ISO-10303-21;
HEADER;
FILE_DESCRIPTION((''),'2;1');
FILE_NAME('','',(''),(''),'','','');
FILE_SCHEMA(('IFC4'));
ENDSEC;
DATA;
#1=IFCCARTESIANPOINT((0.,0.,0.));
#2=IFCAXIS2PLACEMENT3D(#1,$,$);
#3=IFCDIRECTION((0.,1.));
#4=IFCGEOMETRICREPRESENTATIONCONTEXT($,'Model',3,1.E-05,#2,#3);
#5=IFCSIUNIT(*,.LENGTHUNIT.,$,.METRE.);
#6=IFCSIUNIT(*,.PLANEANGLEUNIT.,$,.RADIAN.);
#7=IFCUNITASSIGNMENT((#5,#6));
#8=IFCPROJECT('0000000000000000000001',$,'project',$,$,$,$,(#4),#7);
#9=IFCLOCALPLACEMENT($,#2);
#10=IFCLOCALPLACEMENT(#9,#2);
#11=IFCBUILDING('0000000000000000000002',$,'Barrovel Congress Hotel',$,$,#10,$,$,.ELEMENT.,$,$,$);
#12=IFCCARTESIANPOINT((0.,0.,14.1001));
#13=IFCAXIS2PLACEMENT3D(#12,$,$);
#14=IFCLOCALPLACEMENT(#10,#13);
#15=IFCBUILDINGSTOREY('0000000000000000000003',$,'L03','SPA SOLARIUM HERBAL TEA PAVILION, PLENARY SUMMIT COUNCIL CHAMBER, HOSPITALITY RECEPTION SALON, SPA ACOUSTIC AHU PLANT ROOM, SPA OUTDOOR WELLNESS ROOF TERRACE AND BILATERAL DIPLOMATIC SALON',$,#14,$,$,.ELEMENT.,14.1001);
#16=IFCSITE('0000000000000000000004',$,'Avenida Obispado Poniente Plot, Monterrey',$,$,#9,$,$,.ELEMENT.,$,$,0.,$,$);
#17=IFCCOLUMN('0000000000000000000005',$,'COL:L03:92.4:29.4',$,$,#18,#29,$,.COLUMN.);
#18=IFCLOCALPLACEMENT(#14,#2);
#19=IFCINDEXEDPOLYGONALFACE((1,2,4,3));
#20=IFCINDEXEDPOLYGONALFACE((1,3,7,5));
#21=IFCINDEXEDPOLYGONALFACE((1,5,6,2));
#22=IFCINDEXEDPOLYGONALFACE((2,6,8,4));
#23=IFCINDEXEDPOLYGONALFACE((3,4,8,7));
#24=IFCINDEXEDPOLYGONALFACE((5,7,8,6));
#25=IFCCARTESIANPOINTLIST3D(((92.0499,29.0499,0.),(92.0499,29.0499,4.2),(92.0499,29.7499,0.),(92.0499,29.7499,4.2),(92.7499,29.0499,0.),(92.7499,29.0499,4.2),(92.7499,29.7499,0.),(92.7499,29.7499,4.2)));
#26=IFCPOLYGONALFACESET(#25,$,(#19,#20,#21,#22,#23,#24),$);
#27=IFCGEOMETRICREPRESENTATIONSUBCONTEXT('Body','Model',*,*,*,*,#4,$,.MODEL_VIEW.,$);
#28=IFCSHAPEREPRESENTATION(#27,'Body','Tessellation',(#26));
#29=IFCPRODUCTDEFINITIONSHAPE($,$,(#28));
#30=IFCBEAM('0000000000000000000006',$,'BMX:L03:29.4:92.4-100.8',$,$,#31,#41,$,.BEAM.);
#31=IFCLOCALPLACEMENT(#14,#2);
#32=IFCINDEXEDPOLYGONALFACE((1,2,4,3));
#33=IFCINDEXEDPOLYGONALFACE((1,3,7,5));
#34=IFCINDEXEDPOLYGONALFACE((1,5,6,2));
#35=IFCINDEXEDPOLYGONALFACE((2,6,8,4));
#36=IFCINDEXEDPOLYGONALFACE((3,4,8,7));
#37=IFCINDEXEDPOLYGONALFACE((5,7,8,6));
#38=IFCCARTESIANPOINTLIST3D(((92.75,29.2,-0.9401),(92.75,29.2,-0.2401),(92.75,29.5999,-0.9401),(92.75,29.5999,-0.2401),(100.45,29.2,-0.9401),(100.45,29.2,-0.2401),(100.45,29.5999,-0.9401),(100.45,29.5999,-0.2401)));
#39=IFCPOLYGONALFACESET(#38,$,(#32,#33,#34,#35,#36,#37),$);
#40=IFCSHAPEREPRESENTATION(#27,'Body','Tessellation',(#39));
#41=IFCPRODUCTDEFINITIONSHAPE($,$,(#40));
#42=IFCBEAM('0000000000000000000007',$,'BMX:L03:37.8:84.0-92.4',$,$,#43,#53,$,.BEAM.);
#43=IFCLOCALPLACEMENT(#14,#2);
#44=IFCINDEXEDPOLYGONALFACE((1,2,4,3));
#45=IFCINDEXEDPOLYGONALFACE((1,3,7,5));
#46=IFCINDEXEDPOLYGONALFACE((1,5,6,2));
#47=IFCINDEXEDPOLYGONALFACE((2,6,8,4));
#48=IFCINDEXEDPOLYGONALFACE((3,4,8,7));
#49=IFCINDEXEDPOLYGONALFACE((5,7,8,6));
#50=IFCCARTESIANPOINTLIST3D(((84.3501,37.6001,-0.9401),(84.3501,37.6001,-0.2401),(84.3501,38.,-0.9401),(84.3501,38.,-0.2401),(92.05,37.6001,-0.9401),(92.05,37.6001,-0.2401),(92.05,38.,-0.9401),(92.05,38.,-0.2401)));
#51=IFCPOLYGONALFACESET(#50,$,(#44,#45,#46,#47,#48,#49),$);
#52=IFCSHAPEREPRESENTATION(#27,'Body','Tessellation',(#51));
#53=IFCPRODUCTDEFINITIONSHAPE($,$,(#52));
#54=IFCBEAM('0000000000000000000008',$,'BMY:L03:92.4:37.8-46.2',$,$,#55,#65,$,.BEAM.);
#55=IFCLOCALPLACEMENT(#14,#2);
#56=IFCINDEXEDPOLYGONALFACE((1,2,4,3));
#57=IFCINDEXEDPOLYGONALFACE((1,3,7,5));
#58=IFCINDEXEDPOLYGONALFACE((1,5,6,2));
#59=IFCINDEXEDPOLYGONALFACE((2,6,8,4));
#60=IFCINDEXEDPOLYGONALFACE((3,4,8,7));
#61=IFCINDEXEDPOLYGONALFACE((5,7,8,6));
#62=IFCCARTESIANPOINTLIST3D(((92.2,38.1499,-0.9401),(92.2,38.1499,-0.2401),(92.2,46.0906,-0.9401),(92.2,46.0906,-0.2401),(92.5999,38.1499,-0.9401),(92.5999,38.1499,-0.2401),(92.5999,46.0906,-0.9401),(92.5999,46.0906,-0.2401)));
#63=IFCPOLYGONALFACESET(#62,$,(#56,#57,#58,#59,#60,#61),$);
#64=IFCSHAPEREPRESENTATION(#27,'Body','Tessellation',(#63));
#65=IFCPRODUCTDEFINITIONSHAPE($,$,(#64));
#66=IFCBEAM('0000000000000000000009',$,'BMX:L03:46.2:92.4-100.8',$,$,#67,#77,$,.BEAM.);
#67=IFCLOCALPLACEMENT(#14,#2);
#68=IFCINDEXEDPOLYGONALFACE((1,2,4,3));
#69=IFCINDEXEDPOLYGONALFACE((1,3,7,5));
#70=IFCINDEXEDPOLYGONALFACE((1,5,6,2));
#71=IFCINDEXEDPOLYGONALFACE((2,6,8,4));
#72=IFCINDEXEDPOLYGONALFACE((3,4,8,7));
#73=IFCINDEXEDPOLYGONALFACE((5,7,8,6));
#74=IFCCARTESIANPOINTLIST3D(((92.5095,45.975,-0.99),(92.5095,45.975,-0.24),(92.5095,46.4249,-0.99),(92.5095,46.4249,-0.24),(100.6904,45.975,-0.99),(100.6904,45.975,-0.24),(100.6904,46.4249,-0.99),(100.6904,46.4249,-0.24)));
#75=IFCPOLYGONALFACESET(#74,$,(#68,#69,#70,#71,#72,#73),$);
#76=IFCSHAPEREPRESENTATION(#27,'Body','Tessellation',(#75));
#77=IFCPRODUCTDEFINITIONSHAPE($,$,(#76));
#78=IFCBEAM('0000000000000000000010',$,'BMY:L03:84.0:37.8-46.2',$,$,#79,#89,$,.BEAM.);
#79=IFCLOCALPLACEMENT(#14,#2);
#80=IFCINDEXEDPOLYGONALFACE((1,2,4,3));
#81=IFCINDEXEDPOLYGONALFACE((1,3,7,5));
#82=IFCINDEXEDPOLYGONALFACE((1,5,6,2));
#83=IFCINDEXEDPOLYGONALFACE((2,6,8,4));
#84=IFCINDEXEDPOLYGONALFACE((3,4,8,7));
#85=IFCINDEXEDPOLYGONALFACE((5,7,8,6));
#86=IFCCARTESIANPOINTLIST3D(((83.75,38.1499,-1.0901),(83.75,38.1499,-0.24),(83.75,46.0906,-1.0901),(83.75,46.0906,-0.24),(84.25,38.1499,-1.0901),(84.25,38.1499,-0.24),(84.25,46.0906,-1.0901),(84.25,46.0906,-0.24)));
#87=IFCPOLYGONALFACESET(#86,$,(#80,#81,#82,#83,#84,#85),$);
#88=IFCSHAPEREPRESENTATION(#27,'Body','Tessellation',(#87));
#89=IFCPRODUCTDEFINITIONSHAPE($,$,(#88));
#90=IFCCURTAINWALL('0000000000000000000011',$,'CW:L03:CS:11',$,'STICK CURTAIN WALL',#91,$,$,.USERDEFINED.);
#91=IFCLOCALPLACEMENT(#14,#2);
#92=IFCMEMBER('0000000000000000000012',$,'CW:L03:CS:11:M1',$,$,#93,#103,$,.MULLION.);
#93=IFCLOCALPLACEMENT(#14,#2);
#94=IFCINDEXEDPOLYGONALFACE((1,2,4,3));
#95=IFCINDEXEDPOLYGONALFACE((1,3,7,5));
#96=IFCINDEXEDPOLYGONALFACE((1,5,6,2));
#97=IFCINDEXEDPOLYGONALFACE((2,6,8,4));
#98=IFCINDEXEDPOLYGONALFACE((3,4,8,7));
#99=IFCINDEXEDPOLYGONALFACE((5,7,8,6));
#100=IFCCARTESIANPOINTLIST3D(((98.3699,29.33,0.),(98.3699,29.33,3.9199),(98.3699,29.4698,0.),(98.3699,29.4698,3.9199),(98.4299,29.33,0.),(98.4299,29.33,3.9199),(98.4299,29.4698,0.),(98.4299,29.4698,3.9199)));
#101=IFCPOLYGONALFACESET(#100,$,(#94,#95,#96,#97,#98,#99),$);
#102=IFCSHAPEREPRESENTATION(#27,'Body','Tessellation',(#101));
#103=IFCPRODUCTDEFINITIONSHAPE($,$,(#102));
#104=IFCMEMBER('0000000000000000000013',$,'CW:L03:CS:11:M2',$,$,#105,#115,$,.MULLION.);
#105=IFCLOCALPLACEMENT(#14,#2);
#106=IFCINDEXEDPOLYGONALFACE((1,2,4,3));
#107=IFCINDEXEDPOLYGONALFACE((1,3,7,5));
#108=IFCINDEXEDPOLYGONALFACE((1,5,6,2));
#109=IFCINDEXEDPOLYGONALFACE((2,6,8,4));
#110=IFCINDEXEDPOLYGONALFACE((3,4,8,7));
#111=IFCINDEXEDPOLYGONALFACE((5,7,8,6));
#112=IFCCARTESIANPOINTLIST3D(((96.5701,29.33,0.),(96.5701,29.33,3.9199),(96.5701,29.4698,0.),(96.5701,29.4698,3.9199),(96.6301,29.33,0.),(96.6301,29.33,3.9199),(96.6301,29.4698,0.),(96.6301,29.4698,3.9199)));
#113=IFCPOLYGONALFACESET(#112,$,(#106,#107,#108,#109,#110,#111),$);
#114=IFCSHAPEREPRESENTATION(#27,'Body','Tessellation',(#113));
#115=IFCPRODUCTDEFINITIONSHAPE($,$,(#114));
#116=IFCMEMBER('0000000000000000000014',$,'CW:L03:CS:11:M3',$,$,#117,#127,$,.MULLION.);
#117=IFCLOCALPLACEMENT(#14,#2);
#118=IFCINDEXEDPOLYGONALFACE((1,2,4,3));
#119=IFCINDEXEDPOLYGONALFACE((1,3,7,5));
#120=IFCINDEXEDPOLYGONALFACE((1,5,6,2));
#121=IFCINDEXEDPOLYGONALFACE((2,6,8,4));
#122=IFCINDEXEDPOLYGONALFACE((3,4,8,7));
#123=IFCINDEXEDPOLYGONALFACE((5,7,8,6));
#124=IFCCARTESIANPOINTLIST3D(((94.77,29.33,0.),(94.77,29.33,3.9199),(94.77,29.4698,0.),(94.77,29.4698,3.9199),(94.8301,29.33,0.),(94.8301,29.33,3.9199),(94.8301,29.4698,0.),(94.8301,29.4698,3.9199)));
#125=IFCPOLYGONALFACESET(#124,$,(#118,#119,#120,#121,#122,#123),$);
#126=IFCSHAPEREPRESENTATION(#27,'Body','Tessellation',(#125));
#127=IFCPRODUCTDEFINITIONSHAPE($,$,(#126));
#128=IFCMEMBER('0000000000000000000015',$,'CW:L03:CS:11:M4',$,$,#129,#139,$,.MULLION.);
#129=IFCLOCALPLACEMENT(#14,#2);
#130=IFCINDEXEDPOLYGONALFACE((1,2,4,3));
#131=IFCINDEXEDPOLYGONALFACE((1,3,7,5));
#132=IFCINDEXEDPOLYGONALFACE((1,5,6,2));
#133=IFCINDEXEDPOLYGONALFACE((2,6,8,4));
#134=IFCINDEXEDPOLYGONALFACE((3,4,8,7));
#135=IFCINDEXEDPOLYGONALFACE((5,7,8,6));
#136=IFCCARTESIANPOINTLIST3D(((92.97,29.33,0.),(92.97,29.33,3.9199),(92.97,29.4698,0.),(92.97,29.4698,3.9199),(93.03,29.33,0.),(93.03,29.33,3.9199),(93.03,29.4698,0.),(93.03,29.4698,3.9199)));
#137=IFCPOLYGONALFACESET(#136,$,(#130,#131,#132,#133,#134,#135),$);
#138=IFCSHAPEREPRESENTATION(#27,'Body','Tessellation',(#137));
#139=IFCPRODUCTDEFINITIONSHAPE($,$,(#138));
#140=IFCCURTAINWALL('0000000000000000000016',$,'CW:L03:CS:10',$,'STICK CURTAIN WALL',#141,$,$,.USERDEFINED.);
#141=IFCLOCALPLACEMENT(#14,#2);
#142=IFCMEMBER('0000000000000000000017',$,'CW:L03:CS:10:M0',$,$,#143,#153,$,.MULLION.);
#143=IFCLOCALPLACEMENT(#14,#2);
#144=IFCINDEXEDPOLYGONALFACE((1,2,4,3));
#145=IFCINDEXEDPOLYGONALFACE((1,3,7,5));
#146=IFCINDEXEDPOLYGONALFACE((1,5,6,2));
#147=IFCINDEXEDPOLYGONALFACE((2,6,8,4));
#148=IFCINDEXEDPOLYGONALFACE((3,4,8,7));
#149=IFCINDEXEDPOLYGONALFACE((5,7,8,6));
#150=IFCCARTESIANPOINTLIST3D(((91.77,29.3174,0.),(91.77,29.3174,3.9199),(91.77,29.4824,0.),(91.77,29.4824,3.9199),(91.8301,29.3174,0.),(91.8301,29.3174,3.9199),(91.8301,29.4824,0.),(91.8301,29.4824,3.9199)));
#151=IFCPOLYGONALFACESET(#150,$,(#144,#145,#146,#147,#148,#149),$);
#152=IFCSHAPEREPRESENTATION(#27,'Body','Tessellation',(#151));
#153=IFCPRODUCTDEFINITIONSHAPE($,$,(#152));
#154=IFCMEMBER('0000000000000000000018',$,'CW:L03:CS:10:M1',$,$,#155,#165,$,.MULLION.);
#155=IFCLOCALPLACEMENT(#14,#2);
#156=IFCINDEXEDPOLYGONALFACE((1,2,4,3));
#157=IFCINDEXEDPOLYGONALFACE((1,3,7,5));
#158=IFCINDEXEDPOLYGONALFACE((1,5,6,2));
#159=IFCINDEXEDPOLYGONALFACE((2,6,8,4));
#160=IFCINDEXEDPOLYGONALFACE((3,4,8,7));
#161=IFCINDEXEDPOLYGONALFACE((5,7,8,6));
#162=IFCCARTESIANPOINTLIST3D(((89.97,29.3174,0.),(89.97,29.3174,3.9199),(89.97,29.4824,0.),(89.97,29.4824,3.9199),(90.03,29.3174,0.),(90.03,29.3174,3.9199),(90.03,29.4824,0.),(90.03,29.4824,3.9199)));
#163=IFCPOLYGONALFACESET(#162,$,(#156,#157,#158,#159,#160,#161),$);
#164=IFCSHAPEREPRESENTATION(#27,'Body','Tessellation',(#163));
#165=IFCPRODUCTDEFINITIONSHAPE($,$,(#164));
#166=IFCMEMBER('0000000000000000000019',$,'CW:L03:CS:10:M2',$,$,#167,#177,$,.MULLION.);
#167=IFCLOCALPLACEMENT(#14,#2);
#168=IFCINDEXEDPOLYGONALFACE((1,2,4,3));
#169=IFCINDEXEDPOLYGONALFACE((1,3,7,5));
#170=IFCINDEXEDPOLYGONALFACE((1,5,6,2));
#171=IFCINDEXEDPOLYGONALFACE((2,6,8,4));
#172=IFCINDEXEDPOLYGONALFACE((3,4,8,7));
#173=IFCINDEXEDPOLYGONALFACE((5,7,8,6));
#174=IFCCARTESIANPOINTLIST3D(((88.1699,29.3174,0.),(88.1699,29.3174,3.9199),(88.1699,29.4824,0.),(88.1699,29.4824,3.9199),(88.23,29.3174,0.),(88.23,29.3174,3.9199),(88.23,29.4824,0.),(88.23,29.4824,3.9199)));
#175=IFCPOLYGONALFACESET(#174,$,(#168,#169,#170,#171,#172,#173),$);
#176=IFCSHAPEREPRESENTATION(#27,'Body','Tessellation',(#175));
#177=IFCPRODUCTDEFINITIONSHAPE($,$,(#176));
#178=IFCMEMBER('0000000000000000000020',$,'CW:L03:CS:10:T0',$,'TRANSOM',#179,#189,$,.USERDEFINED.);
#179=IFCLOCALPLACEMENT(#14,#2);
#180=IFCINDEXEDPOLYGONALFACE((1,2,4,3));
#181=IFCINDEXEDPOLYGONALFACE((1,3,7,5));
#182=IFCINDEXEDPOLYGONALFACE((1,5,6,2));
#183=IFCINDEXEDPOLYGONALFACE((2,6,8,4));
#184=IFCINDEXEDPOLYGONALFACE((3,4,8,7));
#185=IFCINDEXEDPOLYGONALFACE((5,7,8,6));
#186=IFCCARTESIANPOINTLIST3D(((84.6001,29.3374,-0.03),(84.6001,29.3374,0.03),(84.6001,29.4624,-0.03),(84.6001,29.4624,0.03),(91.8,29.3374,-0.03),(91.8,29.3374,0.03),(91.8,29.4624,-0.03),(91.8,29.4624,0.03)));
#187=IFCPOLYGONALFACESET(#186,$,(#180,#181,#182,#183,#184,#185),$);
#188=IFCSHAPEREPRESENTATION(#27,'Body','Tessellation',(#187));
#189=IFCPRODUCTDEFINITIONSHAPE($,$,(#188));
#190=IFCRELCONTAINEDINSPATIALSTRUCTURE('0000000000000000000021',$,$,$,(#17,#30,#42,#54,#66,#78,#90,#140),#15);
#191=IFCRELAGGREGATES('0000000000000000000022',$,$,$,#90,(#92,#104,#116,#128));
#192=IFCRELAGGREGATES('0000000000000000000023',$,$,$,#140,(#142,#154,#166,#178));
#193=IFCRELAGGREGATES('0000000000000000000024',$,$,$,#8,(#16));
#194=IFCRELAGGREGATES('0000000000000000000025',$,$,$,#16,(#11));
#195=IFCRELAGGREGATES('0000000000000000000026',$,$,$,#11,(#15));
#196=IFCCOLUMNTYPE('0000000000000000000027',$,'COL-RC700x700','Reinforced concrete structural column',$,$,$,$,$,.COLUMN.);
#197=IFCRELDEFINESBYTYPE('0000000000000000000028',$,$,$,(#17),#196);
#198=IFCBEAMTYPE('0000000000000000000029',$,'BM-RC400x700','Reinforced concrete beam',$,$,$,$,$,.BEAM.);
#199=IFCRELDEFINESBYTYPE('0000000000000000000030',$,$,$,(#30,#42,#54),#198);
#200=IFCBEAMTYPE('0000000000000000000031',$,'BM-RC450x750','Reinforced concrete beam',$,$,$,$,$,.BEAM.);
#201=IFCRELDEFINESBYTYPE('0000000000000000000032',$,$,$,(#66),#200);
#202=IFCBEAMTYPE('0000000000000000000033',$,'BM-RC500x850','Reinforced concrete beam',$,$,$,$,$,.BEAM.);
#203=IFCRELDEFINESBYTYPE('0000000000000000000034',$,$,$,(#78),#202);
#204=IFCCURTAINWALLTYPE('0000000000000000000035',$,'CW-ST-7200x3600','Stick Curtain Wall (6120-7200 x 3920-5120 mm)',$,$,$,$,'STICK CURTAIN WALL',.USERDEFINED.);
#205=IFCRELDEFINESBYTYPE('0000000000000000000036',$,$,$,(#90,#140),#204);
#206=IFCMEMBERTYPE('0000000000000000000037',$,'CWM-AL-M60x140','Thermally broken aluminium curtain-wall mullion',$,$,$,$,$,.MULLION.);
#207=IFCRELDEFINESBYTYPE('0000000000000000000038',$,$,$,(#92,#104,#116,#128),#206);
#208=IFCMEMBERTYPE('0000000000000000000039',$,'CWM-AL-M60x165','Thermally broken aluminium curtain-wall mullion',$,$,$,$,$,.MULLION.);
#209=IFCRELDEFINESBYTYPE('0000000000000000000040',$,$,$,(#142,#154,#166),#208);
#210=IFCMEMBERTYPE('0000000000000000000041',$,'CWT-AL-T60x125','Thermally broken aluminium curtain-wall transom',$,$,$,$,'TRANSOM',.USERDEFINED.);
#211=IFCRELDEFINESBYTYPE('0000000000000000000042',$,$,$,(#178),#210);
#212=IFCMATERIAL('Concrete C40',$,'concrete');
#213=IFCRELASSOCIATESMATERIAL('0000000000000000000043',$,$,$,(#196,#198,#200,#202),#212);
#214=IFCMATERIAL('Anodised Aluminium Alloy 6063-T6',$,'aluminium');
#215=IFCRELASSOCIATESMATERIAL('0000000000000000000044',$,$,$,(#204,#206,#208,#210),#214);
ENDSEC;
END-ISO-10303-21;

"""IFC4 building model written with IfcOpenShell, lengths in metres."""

from ifc_helpers import new_model, si_unit, direction, frame, origin, origin_2d, place, context, subcontext, project, spatial, rectangle, extrude, material, material_profile, profile_set, type_object, element, aggregate, save


model = new_model("IFC4")

# Units and contexts
model_context = context("Model", 3, precision=1e-05, world=origin(), true_north=direction((0.0, 1.0)))
body_context = subcontext(model_context, "Body", "Model", "MODEL_VIEW")
ifc_project = project(units=[si_unit("LENGTHUNIT", "METRE"), si_unit("PLANEANGLEUNIT", "RADIAN")], contexts=[model_context])

# Site, building, storey
site_placement = place(None, origin())
site = spatial("IfcSite", under=ifc_project, at=site_placement, Name="Avenida Obispado Poniente Plot, Monterrey", CompositionType="ELEMENT", RefElevation=0.0)
building_placement = place(site_placement, origin())
building = spatial("IfcBuilding", under=site, at=building_placement, Name="Barrovel Congress Hotel", CompositionType="ELEMENT")
storey_placement = place(building_placement, frame((0.0, 0.0, 14.1001)))
storey = spatial("IfcBuildingStorey", under=building, at=storey_placement, Name="L03", Description="SPA SOLARIUM HERBAL TEA PAVILION, PLENARY SUMMIT COUNCIL CHAMBER, HOSPITALITY RECEPTION SALON, SPA ACOUSTIC AHU PLANT ROOM, SPA OUTDOOR WELLNESS ROOF TERRACE AND BILATERAL DIPLOMATIC SALON", CompositionType="ELEMENT", Elevation=14.1001)

# Column
ifc_material_1 = material(Name="Concrete C40", Category="concrete")
ifc_material_profile_1 = material_profile(ifc_material_1, rectangle(XDim=0.7, YDim=0.7, at=origin_2d()), Name="RC700x700")
ifc_profile_set_1 = profile_set([ifc_material_profile_1], Name="Concrete C40")
column_type = type_object("IfcColumnType", Name="COL-RC700x700", Description="Reinforced concrete structural column", PredefinedType="COLUMN", material=ifc_profile_set_1)
column_placement = place(storey_placement, frame((92.3999, 29.3999, 0.0), z_axis=(0.0, 0.0, 1.0), x_axis=(1.0, 0.0, 0.0)))
element("IfcColumn", 1, at=column_placement, inside=storey, type_object=column_type, Name="COL:L03:92.4:29.4", PredefinedType="COLUMN", context=body_context, shape_type="SweptSolid", body=[
    extrude(rectangle(XDim=0.7, YDim=0.7, at=origin_2d()), origin(), (0.0, 0.0, 1.0), 4.2),
])

# Beams
ifc_material_profile_2 = material_profile(ifc_material_1, rectangle(XDim=0.3999, YDim=0.7, at=origin_2d()), Name="RC400x700")
ifc_profile_set_2 = profile_set([ifc_material_profile_2], Name="Concrete C40")
beam_type_1 = type_object("IfcBeamType", Name="BM-RC400x700", Description="Reinforced concrete beam", PredefinedType="BEAM", material=ifc_profile_set_2)
for number, where, z_axis, x_axis, name in (
    (2, (92.75, 29.3999, -0.5901), (1.0, 0.0, 0.0), (0.0, 1.0, 0.0), "BMX:L03:29.4:92.4-100.8"),
    (3, (84.3501, 37.8, -0.5901), (1.0, 0.0, 0.0), (0.0, 1.0, 0.0), "BMX:L03:37.8:84.0-92.4"),
):
    element("IfcBeam", number, at=place(storey_placement, frame(where, z_axis=z_axis, x_axis=x_axis)), inside=storey, type_object=beam_type_1, Name=name, PredefinedType="BEAM", context=body_context, shape_type="SweptSolid", body=[
        extrude(rectangle(XDim=0.3999, YDim=0.7, at=origin_2d()), origin(), (0.0, 0.0, 1.0), 7.7),
    ])
beam_1_placement = place(storey_placement, frame((92.3999, 38.1499, -0.5901), z_axis=(0.0, 1.0, 0.0), x_axis=(-1.0, 0.0, 0.0)))
element("IfcBeam", 4, at=beam_1_placement, inside=storey, type_object=beam_type_1, Name="BMY:L03:92.4:37.8-46.2", PredefinedType="BEAM", context=body_context, shape_type="SweptSolid", body=[
    extrude(rectangle(XDim=0.3999, YDim=0.7, at=origin_2d()), origin(), (0.0, 0.0, 1.0), 7.9407),
])
ifc_material_profile_3 = material_profile(ifc_material_1, rectangle(XDim=0.45, YDim=0.75, at=origin_2d()), Name="RC450x750")
ifc_profile_set_3 = profile_set([ifc_material_profile_3], Name="Concrete C40")
beam_type_2 = type_object("IfcBeamType", Name="BM-RC450x750", Description="Reinforced concrete beam", PredefinedType="BEAM", material=ifc_profile_set_3)
beam_2_placement = place(storey_placement, frame((92.5095, 46.2, -0.615), z_axis=(1.0, 0.0, 0.0), x_axis=(0.0, 1.0, 0.0)))
element("IfcBeam", 5, at=beam_2_placement, inside=storey, type_object=beam_type_2, Name="BMX:L03:46.2:92.4-100.8", PredefinedType="BEAM", context=body_context, shape_type="SweptSolid", body=[
    extrude(rectangle(XDim=0.45, YDim=0.75, at=origin_2d()), origin(), (0.0, 0.0, 1.0), 8.1809),
])
ifc_material_profile_4 = material_profile(ifc_material_1, rectangle(XDim=0.5, YDim=0.8501, at=origin_2d()), Name="RC500x850")
ifc_profile_set_4 = profile_set([ifc_material_profile_4], Name="Concrete C40")
beam_type_3 = type_object("IfcBeamType", Name="BM-RC500x850", Description="Reinforced concrete beam", PredefinedType="BEAM", material=ifc_profile_set_4)
beam_3_placement = place(storey_placement, frame((84.0, 38.1499, -0.665), z_axis=(0.0, 1.0, 0.0), x_axis=(-1.0, 0.0, 0.0)))
element("IfcBeam", 6, at=beam_3_placement, inside=storey, type_object=beam_type_3, Name="BMY:L03:84.0:37.8-46.2", PredefinedType="BEAM", context=body_context, shape_type="SweptSolid", body=[
    extrude(rectangle(XDim=0.5, YDim=0.8501, at=origin_2d()), origin(), (0.0, 0.0, 1.0), 7.9407),
])

# Curtain walls, members
ifc_material_2 = material(Name="Anodised Aluminium Alloy 6063-T6", Category="aluminium")
curtain_wall_type = type_object("IfcCurtainWallType", Name="CW-ST-7200x3600", Description="Stick Curtain Wall (6120-7200 x 3920-5120 mm)", ElementType="STICK CURTAIN WALL", PredefinedType="USERDEFINED", material=ifc_material_2)
curtain_wall_1_placement = place(storey_placement, origin())
curtain_wall_1 = element("IfcCurtainWall", 7, at=curtain_wall_1_placement, inside=storey, type_object=curtain_wall_type, Name="CW:L03:CS:11", ObjectType="STICK CURTAIN WALL", PredefinedType="USERDEFINED")
ifc_material_profile_5 = material_profile(ifc_material_2, rectangle(XDim=0.0601, YDim=0.1399, at=origin_2d()), Name="AL-M60x140")
ifc_profile_set_5 = profile_set([ifc_material_profile_5], Name="Anodised Aluminium Alloy 6063-T6")
member_type_1 = type_object("IfcMemberType", Name="CWM-AL-M60x140", Description="Thermally broken aluminium curtain-wall mullion", PredefinedType="MULLION", material=ifc_profile_set_5)
member_1_placement = place(storey_placement, frame((98.3999, 29.3999, 0.0), z_axis=(0.0, 0.0, 1.0), x_axis=(1.0, 0.0, 0.0)))
member_1 = element("IfcMember", 8, at=member_1_placement, type_object=member_type_1, Name="CW:L03:CS:11:M1", PredefinedType="MULLION", context=body_context, shape_type="SweptSolid", body=[
    extrude(rectangle(XDim=0.0601, YDim=0.1399, at=origin_2d()), origin(), (0.0, 0.0, 1.0), 3.9199),
])
member_2_placement = place(storey_placement, frame((96.6001, 29.3999, 0.0), z_axis=(0.0, 0.0, 1.0), x_axis=(1.0, 0.0, 0.0)))
member_2 = element("IfcMember", 9, at=member_2_placement, type_object=member_type_1, Name="CW:L03:CS:11:M2", PredefinedType="MULLION", context=body_context, shape_type="SweptSolid", body=[
    extrude(rectangle(XDim=0.0601, YDim=0.1399, at=origin_2d()), origin(), (0.0, 0.0, 1.0), 3.9199),
])
member_3_placement = place(storey_placement, frame((94.8, 29.3999, 0.0), z_axis=(0.0, 0.0, 1.0), x_axis=(1.0, 0.0, 0.0)))
member_3 = element("IfcMember", 10, at=member_3_placement, type_object=member_type_1, Name="CW:L03:CS:11:M3", PredefinedType="MULLION", context=body_context, shape_type="SweptSolid", body=[
    extrude(rectangle(XDim=0.0601, YDim=0.1399, at=origin_2d()), origin(), (0.0, 0.0, 1.0), 3.9199),
])
member_4_placement = place(storey_placement, frame((93.0, 29.3999, 0.0), z_axis=(0.0, 0.0, 1.0), x_axis=(1.0, 0.0, 0.0)))
member_4 = element("IfcMember", 11, at=member_4_placement, type_object=member_type_1, Name="CW:L03:CS:11:M4", PredefinedType="MULLION", context=body_context, shape_type="SweptSolid", body=[
    extrude(rectangle(XDim=0.0601, YDim=0.1399, at=origin_2d()), origin(), (0.0, 0.0, 1.0), 3.9199),
])
curtain_wall_2_placement = place(storey_placement, origin())
curtain_wall_2 = element("IfcCurtainWall", 12, at=curtain_wall_2_placement, inside=storey, type_object=curtain_wall_type, Name="CW:L03:CS:10", ObjectType="STICK CURTAIN WALL", PredefinedType="USERDEFINED")
ifc_material_profile_6 = material_profile(ifc_material_2, rectangle(XDim=0.0601, YDim=0.165, at=origin_2d()), Name="AL-M60x165")
ifc_profile_set_6 = profile_set([ifc_material_profile_6], Name="Anodised Aluminium Alloy 6063-T6")
member_type_2 = type_object("IfcMemberType", Name="CWM-AL-M60x165", Description="Thermally broken aluminium curtain-wall mullion", PredefinedType="MULLION", material=ifc_profile_set_6)
member_5_placement = place(storey_placement, frame((91.8, 29.3999, 0.0), z_axis=(0.0, 0.0, 1.0), x_axis=(1.0, 0.0, 0.0)))
member_5 = element("IfcMember", 13, at=member_5_placement, type_object=member_type_2, Name="CW:L03:CS:10:M0", PredefinedType="MULLION", context=body_context, shape_type="SweptSolid", body=[
    extrude(rectangle(XDim=0.0601, YDim=0.165, at=origin_2d()), origin(), (0.0, 0.0, 1.0), 3.9199),
])
member_6_placement = place(storey_placement, frame((90.0, 29.3999, 0.0), z_axis=(0.0, 0.0, 1.0), x_axis=(1.0, 0.0, 0.0)))
member_6 = element("IfcMember", 14, at=member_6_placement, type_object=member_type_2, Name="CW:L03:CS:10:M1", PredefinedType="MULLION", context=body_context, shape_type="SweptSolid", body=[
    extrude(rectangle(XDim=0.0601, YDim=0.165, at=origin_2d()), origin(), (0.0, 0.0, 1.0), 3.9199),
])
member_7_placement = place(storey_placement, frame((88.2, 29.3999, 0.0), z_axis=(0.0, 0.0, 1.0), x_axis=(1.0, 0.0, 0.0)))
member_7 = element("IfcMember", 15, at=member_7_placement, type_object=member_type_2, Name="CW:L03:CS:10:M2", PredefinedType="MULLION", context=body_context, shape_type="SweptSolid", body=[
    extrude(rectangle(XDim=0.0601, YDim=0.165, at=origin_2d()), origin(), (0.0, 0.0, 1.0), 3.9199),
])
ifc_material_profile_7 = material_profile(ifc_material_2, rectangle(XDim=0.125, YDim=0.0601, at=origin_2d()), Name="AL-T60x125")
ifc_profile_set_7 = profile_set([ifc_material_profile_7], Name="Anodised Aluminium Alloy 6063-T6")
member_type_3 = type_object("IfcMemberType", Name="CWT-AL-T60x125", Description="Thermally broken aluminium curtain-wall transom", ElementType="TRANSOM", PredefinedType="USERDEFINED", material=ifc_profile_set_7)
member_8_placement = place(storey_placement, frame((91.8, 29.3999, 0.0), z_axis=(-1.0, 0.0, 0.0), x_axis=(0.0, -1.0, 0.0)))
member_8 = element("IfcMember", 16, at=member_8_placement, type_object=member_type_3, Name="CW:L03:CS:10:T0", ObjectType="TRANSOM", PredefinedType="USERDEFINED", context=body_context, shape_type="SweptSolid", body=[
    extrude(rectangle(XDim=0.125, YDim=0.0601, at=origin_2d()), origin(), (0.0, 0.0, 1.0), 7.2),
])

aggregate(curtain_wall_1, [member_1, member_2, member_3, member_4])
aggregate(curtain_wall_2, [member_5, member_6, member_7, member_8])

save(model, "model.ifc")
